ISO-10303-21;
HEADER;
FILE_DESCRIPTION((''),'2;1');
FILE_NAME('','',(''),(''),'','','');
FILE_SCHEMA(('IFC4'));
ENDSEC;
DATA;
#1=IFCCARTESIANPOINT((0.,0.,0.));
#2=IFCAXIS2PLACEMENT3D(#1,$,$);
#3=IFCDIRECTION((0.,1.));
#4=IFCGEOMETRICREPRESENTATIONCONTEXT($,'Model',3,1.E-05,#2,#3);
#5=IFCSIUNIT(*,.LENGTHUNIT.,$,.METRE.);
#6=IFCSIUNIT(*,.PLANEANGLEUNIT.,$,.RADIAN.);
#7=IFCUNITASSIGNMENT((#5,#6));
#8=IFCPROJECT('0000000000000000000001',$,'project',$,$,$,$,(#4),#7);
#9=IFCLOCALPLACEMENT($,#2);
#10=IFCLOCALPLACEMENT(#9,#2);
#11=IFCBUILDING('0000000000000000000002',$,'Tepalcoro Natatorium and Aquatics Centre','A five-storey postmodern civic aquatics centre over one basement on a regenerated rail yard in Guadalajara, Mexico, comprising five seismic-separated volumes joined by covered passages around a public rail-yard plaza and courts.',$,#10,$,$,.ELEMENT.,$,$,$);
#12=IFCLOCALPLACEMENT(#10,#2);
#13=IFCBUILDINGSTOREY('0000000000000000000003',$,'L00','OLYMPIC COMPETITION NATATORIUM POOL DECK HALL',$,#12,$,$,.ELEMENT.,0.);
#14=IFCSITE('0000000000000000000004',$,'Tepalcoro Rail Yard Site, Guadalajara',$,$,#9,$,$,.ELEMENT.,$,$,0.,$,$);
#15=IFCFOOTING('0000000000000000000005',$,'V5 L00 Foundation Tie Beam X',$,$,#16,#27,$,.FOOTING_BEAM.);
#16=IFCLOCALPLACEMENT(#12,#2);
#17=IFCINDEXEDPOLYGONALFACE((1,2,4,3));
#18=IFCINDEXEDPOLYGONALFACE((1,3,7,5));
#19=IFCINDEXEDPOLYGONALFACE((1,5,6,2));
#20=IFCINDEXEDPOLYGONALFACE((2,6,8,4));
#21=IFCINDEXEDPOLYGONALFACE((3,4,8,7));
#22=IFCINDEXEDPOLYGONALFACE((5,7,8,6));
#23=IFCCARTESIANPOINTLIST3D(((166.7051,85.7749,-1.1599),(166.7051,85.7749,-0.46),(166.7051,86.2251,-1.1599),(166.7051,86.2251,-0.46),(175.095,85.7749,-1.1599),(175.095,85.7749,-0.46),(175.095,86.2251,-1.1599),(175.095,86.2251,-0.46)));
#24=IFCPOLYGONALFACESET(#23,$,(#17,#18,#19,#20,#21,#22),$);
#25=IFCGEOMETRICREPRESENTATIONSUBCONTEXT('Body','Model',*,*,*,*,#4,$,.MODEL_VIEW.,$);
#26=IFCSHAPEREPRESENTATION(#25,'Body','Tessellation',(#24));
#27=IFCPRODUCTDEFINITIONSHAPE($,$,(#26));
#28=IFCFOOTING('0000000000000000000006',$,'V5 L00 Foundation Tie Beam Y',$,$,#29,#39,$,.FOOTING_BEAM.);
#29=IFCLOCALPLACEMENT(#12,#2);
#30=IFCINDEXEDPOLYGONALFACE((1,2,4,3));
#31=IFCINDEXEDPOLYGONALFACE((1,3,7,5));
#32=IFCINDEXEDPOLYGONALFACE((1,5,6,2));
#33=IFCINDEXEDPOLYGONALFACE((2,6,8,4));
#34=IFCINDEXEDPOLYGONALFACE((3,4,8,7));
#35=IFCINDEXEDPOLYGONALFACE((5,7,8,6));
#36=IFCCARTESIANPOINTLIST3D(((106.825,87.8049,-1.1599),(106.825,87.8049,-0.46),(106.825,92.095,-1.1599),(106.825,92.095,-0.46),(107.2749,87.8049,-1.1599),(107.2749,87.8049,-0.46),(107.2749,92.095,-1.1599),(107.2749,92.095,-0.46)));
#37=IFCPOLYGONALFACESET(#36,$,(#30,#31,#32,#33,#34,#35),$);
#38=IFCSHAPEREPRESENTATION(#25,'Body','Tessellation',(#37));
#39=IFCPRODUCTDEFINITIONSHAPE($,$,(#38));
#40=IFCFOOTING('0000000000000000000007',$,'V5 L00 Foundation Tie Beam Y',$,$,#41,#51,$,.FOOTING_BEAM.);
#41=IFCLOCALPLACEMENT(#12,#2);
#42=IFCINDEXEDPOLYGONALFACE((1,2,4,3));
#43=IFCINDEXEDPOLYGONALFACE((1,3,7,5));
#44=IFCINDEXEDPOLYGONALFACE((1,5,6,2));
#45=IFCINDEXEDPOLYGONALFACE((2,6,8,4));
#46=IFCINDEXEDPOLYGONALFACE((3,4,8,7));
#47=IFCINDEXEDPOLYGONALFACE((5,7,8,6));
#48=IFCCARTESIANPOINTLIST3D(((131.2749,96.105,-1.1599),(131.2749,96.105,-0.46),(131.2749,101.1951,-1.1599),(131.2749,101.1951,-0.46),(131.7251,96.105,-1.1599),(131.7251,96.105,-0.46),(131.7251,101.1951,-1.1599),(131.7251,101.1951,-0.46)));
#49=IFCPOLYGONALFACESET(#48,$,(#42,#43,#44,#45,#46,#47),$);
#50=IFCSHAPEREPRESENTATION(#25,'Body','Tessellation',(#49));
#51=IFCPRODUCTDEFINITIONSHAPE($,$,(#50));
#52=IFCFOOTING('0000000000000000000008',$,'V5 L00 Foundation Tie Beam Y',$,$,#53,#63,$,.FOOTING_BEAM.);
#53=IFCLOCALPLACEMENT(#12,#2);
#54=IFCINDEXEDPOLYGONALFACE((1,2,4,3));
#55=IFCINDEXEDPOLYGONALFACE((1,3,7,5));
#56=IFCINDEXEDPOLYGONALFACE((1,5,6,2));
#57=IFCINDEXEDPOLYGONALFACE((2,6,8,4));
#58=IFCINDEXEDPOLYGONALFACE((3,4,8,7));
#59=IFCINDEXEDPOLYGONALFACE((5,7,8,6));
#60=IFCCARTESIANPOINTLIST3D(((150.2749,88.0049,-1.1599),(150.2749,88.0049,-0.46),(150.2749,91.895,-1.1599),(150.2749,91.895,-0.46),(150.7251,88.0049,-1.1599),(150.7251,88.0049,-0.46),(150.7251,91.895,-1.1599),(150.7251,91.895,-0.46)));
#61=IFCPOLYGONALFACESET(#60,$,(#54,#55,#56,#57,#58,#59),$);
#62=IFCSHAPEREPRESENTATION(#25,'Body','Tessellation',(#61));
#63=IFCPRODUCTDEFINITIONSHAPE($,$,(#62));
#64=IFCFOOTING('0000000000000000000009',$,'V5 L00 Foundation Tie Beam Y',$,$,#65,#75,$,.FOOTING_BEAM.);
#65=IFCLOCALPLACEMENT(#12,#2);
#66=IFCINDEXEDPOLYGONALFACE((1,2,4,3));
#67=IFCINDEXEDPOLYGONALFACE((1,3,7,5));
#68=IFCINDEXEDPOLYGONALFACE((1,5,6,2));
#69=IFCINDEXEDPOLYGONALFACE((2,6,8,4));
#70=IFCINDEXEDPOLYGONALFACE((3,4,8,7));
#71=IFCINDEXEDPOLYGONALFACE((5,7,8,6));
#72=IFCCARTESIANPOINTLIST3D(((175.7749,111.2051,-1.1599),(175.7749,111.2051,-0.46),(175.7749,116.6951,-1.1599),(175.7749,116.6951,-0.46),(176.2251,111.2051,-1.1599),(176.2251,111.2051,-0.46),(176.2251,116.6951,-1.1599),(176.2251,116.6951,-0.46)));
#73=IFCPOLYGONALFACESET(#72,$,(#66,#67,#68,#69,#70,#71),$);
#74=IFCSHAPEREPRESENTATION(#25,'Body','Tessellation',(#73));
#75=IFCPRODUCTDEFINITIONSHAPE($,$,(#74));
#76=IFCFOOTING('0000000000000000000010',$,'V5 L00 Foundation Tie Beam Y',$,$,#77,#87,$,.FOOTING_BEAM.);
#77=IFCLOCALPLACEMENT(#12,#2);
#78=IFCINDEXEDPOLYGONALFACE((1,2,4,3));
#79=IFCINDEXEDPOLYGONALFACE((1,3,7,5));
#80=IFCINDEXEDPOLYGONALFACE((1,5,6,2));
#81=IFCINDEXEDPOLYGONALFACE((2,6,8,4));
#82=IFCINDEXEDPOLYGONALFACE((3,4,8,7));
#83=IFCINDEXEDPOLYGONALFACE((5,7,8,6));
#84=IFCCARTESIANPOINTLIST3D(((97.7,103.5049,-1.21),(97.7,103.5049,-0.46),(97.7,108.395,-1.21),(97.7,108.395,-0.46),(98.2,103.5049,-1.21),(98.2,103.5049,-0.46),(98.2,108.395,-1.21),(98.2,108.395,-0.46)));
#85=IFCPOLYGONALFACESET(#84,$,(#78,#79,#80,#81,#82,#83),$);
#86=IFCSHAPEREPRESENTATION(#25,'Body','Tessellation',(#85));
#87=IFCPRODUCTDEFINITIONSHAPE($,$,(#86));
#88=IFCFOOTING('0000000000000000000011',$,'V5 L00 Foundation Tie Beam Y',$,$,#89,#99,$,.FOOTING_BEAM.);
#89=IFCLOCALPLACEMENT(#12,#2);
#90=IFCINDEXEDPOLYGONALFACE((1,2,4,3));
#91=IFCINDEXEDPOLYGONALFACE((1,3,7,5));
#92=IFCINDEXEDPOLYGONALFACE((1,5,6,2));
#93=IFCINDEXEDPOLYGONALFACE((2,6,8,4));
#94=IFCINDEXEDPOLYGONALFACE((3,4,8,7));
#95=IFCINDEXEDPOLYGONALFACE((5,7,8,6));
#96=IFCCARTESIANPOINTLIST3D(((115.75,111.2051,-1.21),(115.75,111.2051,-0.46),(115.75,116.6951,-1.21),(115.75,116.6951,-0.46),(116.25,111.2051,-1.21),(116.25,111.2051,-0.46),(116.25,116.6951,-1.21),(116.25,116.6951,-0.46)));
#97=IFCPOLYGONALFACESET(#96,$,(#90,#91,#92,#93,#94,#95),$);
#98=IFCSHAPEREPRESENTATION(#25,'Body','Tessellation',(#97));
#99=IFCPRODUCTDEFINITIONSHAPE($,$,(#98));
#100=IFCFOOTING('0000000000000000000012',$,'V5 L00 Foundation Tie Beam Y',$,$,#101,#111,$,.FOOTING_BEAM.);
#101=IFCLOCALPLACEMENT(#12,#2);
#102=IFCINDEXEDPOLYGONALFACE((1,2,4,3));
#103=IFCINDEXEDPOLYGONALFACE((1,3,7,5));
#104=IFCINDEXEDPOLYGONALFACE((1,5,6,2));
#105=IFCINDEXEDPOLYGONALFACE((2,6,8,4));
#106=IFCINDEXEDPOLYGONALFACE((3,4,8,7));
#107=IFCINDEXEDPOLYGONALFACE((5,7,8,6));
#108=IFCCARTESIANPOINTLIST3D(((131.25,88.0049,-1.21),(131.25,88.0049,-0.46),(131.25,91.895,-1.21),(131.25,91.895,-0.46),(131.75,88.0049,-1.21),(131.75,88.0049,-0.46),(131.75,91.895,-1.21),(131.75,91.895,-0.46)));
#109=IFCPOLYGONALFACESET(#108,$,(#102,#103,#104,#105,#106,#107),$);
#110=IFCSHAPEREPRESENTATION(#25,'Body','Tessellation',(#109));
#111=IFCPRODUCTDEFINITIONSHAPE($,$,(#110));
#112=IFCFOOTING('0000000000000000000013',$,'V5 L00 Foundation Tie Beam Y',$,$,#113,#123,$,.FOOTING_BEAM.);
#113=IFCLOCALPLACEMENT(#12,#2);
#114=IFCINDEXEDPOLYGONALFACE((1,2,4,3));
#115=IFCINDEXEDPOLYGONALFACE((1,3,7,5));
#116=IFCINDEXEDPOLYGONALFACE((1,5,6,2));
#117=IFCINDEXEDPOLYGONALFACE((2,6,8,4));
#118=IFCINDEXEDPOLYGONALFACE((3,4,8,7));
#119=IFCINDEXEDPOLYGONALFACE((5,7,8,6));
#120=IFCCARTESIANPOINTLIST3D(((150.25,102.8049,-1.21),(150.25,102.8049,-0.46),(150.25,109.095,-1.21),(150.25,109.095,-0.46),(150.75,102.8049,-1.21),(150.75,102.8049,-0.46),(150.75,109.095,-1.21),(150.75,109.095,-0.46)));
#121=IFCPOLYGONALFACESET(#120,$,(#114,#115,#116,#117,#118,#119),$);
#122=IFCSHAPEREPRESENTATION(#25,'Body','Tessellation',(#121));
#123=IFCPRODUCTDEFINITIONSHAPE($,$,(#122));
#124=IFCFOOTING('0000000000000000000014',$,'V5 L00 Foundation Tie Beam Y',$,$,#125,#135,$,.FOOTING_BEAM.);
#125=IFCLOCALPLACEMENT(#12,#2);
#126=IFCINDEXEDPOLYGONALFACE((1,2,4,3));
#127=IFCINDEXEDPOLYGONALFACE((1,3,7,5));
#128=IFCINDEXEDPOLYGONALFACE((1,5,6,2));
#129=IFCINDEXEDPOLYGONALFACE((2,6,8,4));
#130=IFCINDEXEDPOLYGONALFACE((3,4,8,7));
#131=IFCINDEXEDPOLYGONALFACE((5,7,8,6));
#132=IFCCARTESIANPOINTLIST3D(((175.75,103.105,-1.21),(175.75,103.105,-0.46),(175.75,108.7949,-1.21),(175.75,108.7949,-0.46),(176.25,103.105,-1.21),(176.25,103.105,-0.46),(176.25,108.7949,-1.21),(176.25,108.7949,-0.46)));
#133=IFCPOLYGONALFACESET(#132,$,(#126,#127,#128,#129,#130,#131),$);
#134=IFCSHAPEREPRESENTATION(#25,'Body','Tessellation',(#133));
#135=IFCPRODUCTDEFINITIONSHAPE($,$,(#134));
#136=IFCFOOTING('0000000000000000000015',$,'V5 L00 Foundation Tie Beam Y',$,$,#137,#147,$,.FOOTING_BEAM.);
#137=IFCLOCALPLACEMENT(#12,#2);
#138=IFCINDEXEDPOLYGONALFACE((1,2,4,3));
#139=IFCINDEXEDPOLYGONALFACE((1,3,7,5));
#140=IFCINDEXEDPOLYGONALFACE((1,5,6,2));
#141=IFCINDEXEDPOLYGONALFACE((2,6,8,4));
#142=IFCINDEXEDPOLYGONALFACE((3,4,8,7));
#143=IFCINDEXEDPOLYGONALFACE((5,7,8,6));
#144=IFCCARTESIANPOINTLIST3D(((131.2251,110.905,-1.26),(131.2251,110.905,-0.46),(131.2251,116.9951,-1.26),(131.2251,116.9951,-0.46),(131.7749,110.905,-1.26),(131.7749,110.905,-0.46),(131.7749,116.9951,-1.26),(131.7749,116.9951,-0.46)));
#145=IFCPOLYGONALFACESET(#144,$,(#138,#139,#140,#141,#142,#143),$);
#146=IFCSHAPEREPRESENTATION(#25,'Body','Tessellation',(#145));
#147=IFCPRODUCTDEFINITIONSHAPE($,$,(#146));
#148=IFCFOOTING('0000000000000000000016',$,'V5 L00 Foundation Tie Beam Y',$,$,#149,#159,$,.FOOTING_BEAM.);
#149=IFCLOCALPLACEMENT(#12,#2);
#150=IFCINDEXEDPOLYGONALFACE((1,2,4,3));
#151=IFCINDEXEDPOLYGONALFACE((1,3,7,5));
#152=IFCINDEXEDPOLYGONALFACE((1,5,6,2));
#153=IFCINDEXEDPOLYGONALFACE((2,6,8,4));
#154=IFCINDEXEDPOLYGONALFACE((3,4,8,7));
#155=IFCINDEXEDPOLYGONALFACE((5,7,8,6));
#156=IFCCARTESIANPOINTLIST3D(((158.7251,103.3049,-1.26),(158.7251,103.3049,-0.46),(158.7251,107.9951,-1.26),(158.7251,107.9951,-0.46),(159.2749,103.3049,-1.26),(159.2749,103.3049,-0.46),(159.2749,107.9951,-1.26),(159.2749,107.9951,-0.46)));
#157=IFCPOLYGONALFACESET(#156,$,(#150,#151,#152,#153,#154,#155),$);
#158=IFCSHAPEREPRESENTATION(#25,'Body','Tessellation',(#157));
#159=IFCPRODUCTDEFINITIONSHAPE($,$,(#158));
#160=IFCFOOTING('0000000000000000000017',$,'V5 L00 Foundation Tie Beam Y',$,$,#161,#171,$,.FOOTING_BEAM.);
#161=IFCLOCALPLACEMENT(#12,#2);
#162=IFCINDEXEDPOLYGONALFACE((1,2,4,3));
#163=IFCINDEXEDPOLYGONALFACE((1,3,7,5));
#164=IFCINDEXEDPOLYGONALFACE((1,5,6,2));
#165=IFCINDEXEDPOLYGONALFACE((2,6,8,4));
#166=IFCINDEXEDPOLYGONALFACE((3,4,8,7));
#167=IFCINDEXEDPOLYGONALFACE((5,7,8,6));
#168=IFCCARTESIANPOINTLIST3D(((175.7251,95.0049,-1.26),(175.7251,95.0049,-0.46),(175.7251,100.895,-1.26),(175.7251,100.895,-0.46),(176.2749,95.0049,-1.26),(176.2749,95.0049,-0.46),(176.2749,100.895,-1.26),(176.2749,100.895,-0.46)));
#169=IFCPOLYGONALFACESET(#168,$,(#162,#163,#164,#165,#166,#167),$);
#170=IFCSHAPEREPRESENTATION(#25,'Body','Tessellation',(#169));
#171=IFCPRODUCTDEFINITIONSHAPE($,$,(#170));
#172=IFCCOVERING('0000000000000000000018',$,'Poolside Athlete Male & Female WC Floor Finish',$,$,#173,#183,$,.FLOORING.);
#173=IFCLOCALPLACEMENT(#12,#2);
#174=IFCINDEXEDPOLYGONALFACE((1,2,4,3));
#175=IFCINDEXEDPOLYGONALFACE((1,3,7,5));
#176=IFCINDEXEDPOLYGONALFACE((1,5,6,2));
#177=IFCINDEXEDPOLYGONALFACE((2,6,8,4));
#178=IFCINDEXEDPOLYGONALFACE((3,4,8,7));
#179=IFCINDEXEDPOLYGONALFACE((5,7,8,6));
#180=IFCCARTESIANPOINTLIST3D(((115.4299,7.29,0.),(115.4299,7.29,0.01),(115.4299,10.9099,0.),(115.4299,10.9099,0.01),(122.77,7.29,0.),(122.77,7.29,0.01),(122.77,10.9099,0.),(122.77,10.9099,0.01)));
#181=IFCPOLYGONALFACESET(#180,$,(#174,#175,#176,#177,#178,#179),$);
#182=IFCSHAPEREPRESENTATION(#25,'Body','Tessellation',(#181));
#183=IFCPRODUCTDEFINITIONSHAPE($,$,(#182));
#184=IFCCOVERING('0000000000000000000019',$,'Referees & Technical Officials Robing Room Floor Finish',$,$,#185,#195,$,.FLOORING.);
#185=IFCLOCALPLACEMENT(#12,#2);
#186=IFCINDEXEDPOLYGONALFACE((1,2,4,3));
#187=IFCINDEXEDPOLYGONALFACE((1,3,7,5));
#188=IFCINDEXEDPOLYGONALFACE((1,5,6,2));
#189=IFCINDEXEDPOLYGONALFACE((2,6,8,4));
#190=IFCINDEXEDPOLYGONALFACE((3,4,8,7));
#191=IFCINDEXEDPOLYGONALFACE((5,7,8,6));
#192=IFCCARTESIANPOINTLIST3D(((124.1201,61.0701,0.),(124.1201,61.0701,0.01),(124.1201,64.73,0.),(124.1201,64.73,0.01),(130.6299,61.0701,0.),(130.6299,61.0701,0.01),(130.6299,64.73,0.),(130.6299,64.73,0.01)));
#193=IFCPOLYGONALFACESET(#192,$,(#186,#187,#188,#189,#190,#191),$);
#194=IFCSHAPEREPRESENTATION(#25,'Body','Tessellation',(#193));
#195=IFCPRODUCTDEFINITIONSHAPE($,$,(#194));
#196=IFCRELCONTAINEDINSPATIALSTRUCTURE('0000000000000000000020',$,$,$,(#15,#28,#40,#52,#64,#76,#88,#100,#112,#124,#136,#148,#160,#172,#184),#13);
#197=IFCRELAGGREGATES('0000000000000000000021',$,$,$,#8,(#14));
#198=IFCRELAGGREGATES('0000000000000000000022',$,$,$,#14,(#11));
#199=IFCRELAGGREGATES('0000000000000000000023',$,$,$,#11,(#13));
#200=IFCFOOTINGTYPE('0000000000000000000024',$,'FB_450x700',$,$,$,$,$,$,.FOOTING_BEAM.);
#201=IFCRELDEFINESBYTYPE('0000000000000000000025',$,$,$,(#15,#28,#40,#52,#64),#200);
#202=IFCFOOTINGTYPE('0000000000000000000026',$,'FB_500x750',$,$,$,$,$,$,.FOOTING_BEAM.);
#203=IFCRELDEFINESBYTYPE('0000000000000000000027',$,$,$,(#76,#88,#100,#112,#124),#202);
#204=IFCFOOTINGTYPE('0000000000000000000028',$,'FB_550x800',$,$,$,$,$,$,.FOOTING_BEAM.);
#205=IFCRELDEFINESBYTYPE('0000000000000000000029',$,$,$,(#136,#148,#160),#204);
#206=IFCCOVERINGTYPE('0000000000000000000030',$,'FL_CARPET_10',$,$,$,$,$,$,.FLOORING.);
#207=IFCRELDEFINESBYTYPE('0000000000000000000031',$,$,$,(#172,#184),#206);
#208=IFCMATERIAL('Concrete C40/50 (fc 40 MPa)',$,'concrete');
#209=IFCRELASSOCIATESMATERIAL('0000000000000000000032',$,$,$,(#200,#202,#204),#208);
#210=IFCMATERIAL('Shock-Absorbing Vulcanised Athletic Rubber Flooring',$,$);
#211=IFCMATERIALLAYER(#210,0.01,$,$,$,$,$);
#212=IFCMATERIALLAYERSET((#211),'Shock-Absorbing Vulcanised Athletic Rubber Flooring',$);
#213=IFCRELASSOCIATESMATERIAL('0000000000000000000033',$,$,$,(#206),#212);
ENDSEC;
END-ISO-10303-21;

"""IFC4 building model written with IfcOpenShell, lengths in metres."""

from ifc_helpers import new_model, si_unit, direction, frame, origin, place, context, subcontext, project, spatial, polyline, outline, extrude, material, layer, layer_set, type_object, element, save


model = new_model("IFC4")

# Units and contexts
model_context = context("Model", 3, precision=1e-05, world=origin(), true_north=direction((0.0, 1.0)))
body_context = subcontext(model_context, "Body", "Model", "MODEL_VIEW")
ifc_project = project(units=[si_unit("LENGTHUNIT", "METRE"), si_unit("PLANEANGLEUNIT", "RADIAN")], contexts=[model_context])

# Site, building, storey
site_placement = place(None, origin())
site = spatial("IfcSite", under=ifc_project, at=site_placement, Name="Tepalcoro Rail Yard Site, Guadalajara", CompositionType="ELEMENT", RefElevation=0.0)
building_placement = place(site_placement, origin())
building = spatial("IfcBuilding", under=site, at=building_placement, Name="Tepalcoro Natatorium and Aquatics Centre", Description="A five-storey postmodern civic aquatics centre over one basement on a regenerated rail yard in Guadalajara, Mexico, comprising five seismic-separated volumes joined by covered passages around a public rail-yard plaza and courts.", CompositionType="ELEMENT")
storey_placement = place(building_placement, origin())
storey = spatial("IfcBuildingStorey", under=building, at=storey_placement, Name="L00", Description="OLYMPIC COMPETITION NATATORIUM POOL DECK HALL", CompositionType="ELEMENT", Elevation=0.0)

# Footings
ifc_material_1 = material(Name="Concrete C40/50 (fc 40 MPa)", Category="concrete")
footing_type_1 = type_object("IfcFootingType", Name="FB_450x700", PredefinedType="FOOTING_BEAM", material=ifc_material_1)
footing_1_placement = place(storey_placement, frame((0.0, 0.0, -1.1599)))
element("IfcFooting", 1, at=footing_1_placement, inside=storey, type_object=footing_type_1, Name="V5 L00 Foundation Tie Beam X", PredefinedType="FOOTING_BEAM", context=body_context, shape_type="SweptSolid", body=[
    extrude(outline(polyline([(166.7051, 85.7749), (175.095, 85.7749), (175.095, 86.2251), (166.7051, 86.2251), (166.7051, 85.7749)])), origin(), (0.0, 0.0, 1.0), 0.7),
])
footing_2_placement = place(storey_placement, frame((0.0, 0.0, -1.1599)))
element("IfcFooting", 2, at=footing_2_placement, inside=storey, type_object=footing_type_1, Name="V5 L00 Foundation Tie Beam Y", PredefinedType="FOOTING_BEAM", context=body_context, shape_type="SweptSolid", body=[
    extrude(outline(polyline([(107.2749, 87.8049), (107.2749, 92.095), (106.825, 92.095), (106.825, 87.8049), (107.2749, 87.8049)])), origin(), (0.0, 0.0, 1.0), 0.7),
])
footing_3_placement = place(storey_placement, frame((0.0, 0.0, -1.1599)))
element("IfcFooting", 3, at=footing_3_placement, inside=storey, type_object=footing_type_1, Name="V5 L00 Foundation Tie Beam Y", PredefinedType="FOOTING_BEAM", context=body_context, shape_type="SweptSolid", body=[
    extrude(outline(polyline([(131.7251, 96.105), (131.7251, 101.1951), (131.2749, 101.1951), (131.2749, 96.105), (131.7251, 96.105)])), origin(), (0.0, 0.0, 1.0), 0.7),
])
footing_4_placement = place(storey_placement, frame((0.0, 0.0, -1.1599)))
element("IfcFooting", 4, at=footing_4_placement, inside=storey, type_object=footing_type_1, Name="V5 L00 Foundation Tie Beam Y", PredefinedType="FOOTING_BEAM", context=body_context, shape_type="SweptSolid", body=[
    extrude(outline(polyline([(150.7251, 88.0049), (150.7251, 91.895), (150.2749, 91.895), (150.2749, 88.0049), (150.7251, 88.0049)])), origin(), (0.0, 0.0, 1.0), 0.7),
])
footing_5_placement = place(storey_placement, frame((0.0, 0.0, -1.1599)))
element("IfcFooting", 5, at=footing_5_placement, inside=storey, type_object=footing_type_1, Name="V5 L00 Foundation Tie Beam Y", PredefinedType="FOOTING_BEAM", context=body_context, shape_type="SweptSolid", body=[
    extrude(outline(polyline([(176.2251, 111.2051), (176.2251, 116.6951), (175.7749, 116.6951), (175.7749, 111.2051), (176.2251, 111.2051)])), origin(), (0.0, 0.0, 1.0), 0.7),
])
footing_type_2 = type_object("IfcFootingType", Name="FB_500x750", PredefinedType="FOOTING_BEAM", material=ifc_material_1)
footing_6_placement = place(storey_placement, frame((0.0, 0.0, -1.21)))
element("IfcFooting", 6, at=footing_6_placement, inside=storey, type_object=footing_type_2, Name="V5 L00 Foundation Tie Beam Y", PredefinedType="FOOTING_BEAM", context=body_context, shape_type="SweptSolid", body=[
    extrude(outline(polyline([(98.2, 103.5049), (98.2, 108.395), (97.7, 108.395), (97.7, 103.5049), (98.2, 103.5049)])), origin(), (0.0, 0.0, 1.0), 0.75),
])
footing_7_placement = place(storey_placement, frame((0.0, 0.0, -1.21)))
element("IfcFooting", 7, at=footing_7_placement, inside=storey, type_object=footing_type_2, Name="V5 L00 Foundation Tie Beam Y", PredefinedType="FOOTING_BEAM", context=body_context, shape_type="SweptSolid", body=[
    extrude(outline(polyline([(116.25, 111.2051), (116.25, 116.6951), (115.75, 116.6951), (115.75, 111.2051), (116.25, 111.2051)])), origin(), (0.0, 0.0, 1.0), 0.75),
])
footing_8_placement = place(storey_placement, frame((0.0, 0.0, -1.21)))
element("IfcFooting", 8, at=footing_8_placement, inside=storey, type_object=footing_type_2, Name="V5 L00 Foundation Tie Beam Y", PredefinedType="FOOTING_BEAM", context=body_context, shape_type="SweptSolid", body=[
    extrude(outline(polyline([(131.75, 88.0049), (131.75, 91.895), (131.25, 91.895), (131.25, 88.0049), (131.75, 88.0049)])), origin(), (0.0, 0.0, 1.0), 0.75),
])
footing_9_placement = place(storey_placement, frame((0.0, 0.0, -1.21)))
element("IfcFooting", 9, at=footing_9_placement, inside=storey, type_object=footing_type_2, Name="V5 L00 Foundation Tie Beam Y", PredefinedType="FOOTING_BEAM", context=body_context, shape_type="SweptSolid", body=[
    extrude(outline(polyline([(150.75, 102.8049), (150.75, 109.095), (150.25, 109.095), (150.25, 102.8049), (150.75, 102.8049)])), origin(), (0.0, 0.0, 1.0), 0.75),
])
footing_10_placement = place(storey_placement, frame((0.0, 0.0, -1.21)))
element("IfcFooting", 10, at=footing_10_placement, inside=storey, type_object=footing_type_2, Name="V5 L00 Foundation Tie Beam Y", PredefinedType="FOOTING_BEAM", context=body_context, shape_type="SweptSolid", body=[
    extrude(outline(polyline([(176.25, 103.105), (176.25, 108.7949), (175.75, 108.7949), (175.75, 103.105), (176.25, 103.105)])), origin(), (0.0, 0.0, 1.0), 0.75),
])
footing_type_3 = type_object("IfcFootingType", Name="FB_550x800", PredefinedType="FOOTING_BEAM", material=ifc_material_1)
footing_11_placement = place(storey_placement, frame((0.0, 0.0, -1.26)))
element("IfcFooting", 11, at=footing_11_placement, inside=storey, type_object=footing_type_3, Name="V5 L00 Foundation Tie Beam Y", PredefinedType="FOOTING_BEAM", context=body_context, shape_type="SweptSolid", body=[
    extrude(outline(polyline([(131.7749, 110.905), (131.7749, 116.9951), (131.2251, 116.9951), (131.2251, 110.905), (131.7749, 110.905)])), origin(), (0.0, 0.0, 1.0), 0.8),
])
footing_12_placement = place(storey_placement, frame((0.0, 0.0, -1.26)))
element("IfcFooting", 12, at=footing_12_placement, inside=storey, type_object=footing_type_3, Name="V5 L00 Foundation Tie Beam Y", PredefinedType="FOOTING_BEAM", context=body_context, shape_type="SweptSolid", body=[
    extrude(outline(polyline([(159.2749, 103.3049), (159.2749, 107.9951), (158.7251, 107.9951), (158.7251, 103.3049), (159.2749, 103.3049)])), origin(), (0.0, 0.0, 1.0), 0.8),
])
footing_13_placement = place(storey_placement, frame((0.0, 0.0, -1.26)))
element("IfcFooting", 13, at=footing_13_placement, inside=storey, type_object=footing_type_3, Name="V5 L00 Foundation Tie Beam Y", PredefinedType="FOOTING_BEAM", context=body_context, shape_type="SweptSolid", body=[
    extrude(outline(polyline([(176.2749, 95.0049), (176.2749, 100.895), (175.7251, 100.895), (175.7251, 95.0049), (176.2749, 95.0049)])), origin(), (0.0, 0.0, 1.0), 0.8),
])

# Coverings
ifc_material_2 = material(Name="Shock-Absorbing Vulcanised Athletic Rubber Flooring")
ifc_layer_1 = layer(ifc_material_2, 0.01)
ifc_layer_set_1 = layer_set([ifc_layer_1], Name="Shock-Absorbing Vulcanised Athletic Rubber Flooring")
covering_type_1 = type_object("IfcCoveringType", Name="FL_CARPET_10", PredefinedType="FLOORING", material=ifc_layer_set_1)
covering_1_placement = place(storey_placement, origin())
element("IfcCovering", 14, at=covering_1_placement, inside=storey, type_object=covering_type_1, Name="Poolside Athlete Male & Female WC Floor Finish", PredefinedType="FLOORING", context=body_context, shape_type="SweptSolid", body=[
    extrude(outline(polyline([(115.4299, 7.29), (115.4299, 10.9099), (122.77, 10.9099), (122.77, 7.29), (115.4299, 7.29)])), origin(), (0.0, 0.0, 1.0), 0.01),
])
covering_2_placement = place(storey_placement, origin())
element("IfcCovering", 15, at=covering_2_placement, inside=storey, type_object=covering_type_1, Name="Referees & Technical Officials Robing Room Floor Finish", PredefinedType="FLOORING", context=body_context, shape_type="SweptSolid", body=[
    extrude(outline(polyline([(124.1201, 61.0701), (124.1201, 64.73), (130.6299, 64.73), (130.6299, 61.0701), (124.1201, 61.0701)])), origin(), (0.0, 0.0, 1.0), 0.01),
])

save(model, "model.ifc")
